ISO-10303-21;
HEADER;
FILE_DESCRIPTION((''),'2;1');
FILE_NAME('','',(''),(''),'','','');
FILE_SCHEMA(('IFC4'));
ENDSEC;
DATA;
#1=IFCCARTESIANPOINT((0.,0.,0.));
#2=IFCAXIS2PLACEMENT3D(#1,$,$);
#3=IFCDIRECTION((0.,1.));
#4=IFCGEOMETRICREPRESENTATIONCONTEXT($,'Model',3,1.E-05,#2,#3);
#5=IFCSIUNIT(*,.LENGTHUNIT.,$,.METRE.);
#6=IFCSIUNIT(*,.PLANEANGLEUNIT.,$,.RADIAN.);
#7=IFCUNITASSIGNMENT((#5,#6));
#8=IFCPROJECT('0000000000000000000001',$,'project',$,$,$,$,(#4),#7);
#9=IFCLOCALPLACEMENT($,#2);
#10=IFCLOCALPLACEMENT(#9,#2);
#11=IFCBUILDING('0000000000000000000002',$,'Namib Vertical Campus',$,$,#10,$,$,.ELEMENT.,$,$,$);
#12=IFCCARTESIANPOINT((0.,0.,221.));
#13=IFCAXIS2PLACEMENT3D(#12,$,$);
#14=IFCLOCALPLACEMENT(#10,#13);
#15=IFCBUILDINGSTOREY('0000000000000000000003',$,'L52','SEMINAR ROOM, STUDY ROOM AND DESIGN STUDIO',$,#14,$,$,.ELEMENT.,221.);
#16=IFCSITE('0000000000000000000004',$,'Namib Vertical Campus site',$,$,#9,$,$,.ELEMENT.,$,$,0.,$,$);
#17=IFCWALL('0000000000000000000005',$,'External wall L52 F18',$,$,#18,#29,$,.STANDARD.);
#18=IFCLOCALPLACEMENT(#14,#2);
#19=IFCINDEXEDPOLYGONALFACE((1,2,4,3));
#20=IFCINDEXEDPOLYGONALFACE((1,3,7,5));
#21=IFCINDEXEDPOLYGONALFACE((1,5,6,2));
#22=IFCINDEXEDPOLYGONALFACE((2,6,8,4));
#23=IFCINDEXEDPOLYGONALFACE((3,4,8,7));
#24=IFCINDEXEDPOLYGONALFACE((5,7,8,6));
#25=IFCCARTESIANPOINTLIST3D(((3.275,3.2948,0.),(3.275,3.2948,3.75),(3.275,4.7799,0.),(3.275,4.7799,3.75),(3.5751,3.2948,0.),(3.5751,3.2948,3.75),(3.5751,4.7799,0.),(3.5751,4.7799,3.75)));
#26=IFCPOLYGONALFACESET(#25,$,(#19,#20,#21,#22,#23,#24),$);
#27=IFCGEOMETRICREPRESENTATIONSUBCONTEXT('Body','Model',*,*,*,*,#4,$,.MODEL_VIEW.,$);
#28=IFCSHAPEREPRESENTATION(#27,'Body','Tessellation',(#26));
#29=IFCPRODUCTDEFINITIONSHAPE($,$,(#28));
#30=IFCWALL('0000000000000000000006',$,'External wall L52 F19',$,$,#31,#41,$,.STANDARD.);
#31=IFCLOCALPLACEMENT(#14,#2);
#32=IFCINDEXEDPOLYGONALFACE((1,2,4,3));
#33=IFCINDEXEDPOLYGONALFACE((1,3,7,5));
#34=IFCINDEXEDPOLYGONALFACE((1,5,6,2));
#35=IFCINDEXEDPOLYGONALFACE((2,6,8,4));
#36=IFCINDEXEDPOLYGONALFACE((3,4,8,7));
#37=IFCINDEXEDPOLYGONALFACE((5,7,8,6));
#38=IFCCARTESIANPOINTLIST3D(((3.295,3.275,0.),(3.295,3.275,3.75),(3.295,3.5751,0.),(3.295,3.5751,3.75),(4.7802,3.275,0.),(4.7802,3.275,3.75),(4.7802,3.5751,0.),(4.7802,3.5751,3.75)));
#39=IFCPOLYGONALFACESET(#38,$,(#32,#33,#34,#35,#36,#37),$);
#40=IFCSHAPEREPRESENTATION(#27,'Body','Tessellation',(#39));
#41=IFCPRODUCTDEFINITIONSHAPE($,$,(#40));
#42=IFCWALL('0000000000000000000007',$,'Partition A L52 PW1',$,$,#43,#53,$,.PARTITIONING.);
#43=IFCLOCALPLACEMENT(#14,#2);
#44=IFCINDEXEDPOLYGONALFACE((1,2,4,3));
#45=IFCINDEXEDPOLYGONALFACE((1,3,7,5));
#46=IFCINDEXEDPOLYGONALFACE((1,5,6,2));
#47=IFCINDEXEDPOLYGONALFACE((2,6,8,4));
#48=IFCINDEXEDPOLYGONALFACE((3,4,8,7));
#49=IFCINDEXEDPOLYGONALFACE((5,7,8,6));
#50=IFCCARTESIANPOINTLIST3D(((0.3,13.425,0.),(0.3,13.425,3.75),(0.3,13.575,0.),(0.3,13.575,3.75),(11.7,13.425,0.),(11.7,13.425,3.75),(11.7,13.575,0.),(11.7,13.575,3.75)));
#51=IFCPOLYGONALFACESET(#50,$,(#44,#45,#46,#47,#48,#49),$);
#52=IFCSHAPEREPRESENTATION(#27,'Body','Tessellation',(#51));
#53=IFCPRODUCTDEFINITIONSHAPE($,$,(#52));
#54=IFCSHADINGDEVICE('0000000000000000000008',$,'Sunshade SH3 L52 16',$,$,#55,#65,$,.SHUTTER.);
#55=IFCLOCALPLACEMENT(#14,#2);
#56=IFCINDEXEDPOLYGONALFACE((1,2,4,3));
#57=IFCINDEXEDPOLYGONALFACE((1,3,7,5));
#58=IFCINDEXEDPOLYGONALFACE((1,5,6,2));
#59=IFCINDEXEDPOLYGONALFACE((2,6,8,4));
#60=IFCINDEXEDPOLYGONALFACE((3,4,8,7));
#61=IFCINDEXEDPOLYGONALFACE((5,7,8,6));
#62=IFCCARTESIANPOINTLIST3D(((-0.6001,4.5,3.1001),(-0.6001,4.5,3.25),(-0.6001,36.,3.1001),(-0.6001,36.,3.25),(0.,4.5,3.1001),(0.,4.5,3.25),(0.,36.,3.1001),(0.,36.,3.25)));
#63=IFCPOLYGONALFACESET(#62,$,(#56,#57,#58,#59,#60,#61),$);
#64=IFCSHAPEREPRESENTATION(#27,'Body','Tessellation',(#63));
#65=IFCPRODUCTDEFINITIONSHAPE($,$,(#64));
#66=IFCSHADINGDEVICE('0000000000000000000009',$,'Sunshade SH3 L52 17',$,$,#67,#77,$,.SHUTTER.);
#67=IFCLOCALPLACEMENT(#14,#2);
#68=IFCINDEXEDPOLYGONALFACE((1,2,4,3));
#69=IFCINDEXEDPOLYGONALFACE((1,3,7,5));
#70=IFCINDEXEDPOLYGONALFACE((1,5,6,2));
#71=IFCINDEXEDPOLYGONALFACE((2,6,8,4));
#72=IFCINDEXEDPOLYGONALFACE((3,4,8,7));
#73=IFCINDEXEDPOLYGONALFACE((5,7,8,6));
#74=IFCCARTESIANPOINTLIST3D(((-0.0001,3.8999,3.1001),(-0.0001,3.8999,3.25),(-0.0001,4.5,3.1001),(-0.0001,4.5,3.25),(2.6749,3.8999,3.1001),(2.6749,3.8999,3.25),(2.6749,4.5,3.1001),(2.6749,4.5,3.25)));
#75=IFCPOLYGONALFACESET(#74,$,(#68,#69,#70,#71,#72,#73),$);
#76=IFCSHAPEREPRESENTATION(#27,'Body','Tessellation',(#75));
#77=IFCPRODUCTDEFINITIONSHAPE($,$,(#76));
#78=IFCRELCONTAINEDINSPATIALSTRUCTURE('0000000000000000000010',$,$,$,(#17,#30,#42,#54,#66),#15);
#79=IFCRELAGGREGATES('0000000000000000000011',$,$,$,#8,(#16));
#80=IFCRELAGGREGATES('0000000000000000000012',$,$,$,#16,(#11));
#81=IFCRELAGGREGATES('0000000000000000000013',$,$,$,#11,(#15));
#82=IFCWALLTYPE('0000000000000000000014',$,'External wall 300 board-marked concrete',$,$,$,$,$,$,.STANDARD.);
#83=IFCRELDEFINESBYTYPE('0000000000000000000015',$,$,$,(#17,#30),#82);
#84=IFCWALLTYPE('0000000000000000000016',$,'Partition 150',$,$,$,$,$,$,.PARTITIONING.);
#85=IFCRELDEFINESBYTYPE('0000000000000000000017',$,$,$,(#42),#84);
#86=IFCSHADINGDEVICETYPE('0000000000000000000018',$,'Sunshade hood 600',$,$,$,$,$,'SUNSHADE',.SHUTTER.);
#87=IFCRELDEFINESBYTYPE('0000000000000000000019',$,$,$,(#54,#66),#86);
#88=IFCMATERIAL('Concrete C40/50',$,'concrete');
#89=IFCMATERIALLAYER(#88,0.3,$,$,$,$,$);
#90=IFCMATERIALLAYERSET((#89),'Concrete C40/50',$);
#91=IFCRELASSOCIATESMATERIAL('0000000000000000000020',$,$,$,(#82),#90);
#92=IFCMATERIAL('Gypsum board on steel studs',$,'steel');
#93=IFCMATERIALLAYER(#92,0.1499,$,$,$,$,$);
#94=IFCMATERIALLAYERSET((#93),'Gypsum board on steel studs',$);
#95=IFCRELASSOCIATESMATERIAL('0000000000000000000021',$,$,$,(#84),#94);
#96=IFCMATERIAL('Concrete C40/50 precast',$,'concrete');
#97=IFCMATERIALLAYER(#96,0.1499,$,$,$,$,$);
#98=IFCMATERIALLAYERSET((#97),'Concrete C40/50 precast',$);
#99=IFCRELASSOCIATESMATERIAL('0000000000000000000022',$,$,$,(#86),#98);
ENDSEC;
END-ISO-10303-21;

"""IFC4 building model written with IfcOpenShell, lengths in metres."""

from ifc_helpers import new_model, si_unit, direction, frame, frame_2d, origin, origin_2d, place, context, subcontext, project, spatial, rectangle, extrude, material, layer, layer_set, type_object, element, save


model = new_model("IFC4")

# Units and contexts
model_context = context("Model", 3, precision=1e-05, world=origin(), true_north=direction((0.0, 1.0)))
body_context = subcontext(model_context, "Body", "Model", "MODEL_VIEW")
ifc_project = project(units=[si_unit("LENGTHUNIT", "METRE"), si_unit("PLANEANGLEUNIT", "RADIAN")], contexts=[model_context])

# Site, building, storey
site_placement = place(None, origin())
site = spatial("IfcSite", under=ifc_project, at=site_placement, Name="Namib Vertical Campus site", CompositionType="ELEMENT", RefElevation=0.0)
building_placement = place(site_placement, origin())
building = spatial("IfcBuilding", under=site, at=building_placement, Name="Namib Vertical Campus", CompositionType="ELEMENT")
storey_placement = place(building_placement, frame((0.0, 0.0, 221.0)))
storey = spatial("IfcBuildingStorey", under=building, at=storey_placement, Name="L52", Description="SEMINAR ROOM, STUDY ROOM AND DESIGN STUDIO", CompositionType="ELEMENT", Elevation=221.0)

# Walls
ifc_material_1 = material(Name="Concrete C40/50", Category="concrete")
ifc_layer_1 = layer(ifc_material_1, 0.3)
ifc_layer_set_1 = layer_set([ifc_layer_1], Name="Concrete C40/50")
wall_type_1 = type_object("IfcWallType", Name="External wall 300 board-marked concrete", PredefinedType="STANDARD", material=ifc_layer_set_1)
for number, where, z_axis, x_axis, name in (
    (1, (3.425, 4.78, 0.0), (0.0, 0.0, 1.0), (0.0, -1.0, 0.0), "External wall L52 F18"),
    (2, (3.2949, 3.425, 0.0), (0.0, 0.0, 1.0), (1.0, 0.0, 0.0), "External wall L52 F19"),
):
    element("IfcWall", number, at=place(storey_placement, frame(where, z_axis=z_axis, x_axis=x_axis)), inside=storey, type_object=wall_type_1, Name=name, PredefinedType="STANDARD", context=body_context, shape_type="SweptSolid", body=[
        extrude(rectangle(XDim=1.4851, YDim=0.3, at=frame_2d((0.7427, 0.0))), origin(), (0.0, 0.0, 1.0), 3.75),
    ])
ifc_material_2 = material(Name="Gypsum board on steel studs", Category="steel")
ifc_layer_2 = layer(ifc_material_2, 0.1499)
ifc_layer_set_2 = layer_set([ifc_layer_2], Name="Gypsum board on steel studs")
wall_type_2 = type_object("IfcWallType", Name="Partition 150", PredefinedType="PARTITIONING", material=ifc_layer_set_2)
wall_1_placement = place(storey_placement, frame((0.3, 13.5, 0.0), z_axis=(0.0, 0.0, 1.0), x_axis=(1.0, 0.0, 0.0)))
element("IfcWall", 3, at=wall_1_placement, inside=storey, type_object=wall_type_2, Name="Partition A L52 PW1", PredefinedType="PARTITIONING", context=body_context, shape_type="SweptSolid", body=[
    extrude(rectangle(XDim=11.3999, YDim=0.1499, at=frame_2d((5.7, 0.0))), origin(), (0.0, 0.0, 1.0), 3.75),
])

# Shading devices
ifc_material_3 = material(Name="Concrete C40/50 precast", Category="concrete")
ifc_layer_3 = layer(ifc_material_3, 0.1499)
ifc_layer_set_3 = layer_set([ifc_layer_3], Name="Concrete C40/50 precast")
shading_device_type = type_object("IfcShadingDeviceType", Name="Sunshade hood 600", ElementType="SUNSHADE", PredefinedType="SHUTTER", material=ifc_layer_set_3)
shading_device_1_placement = place(storey_placement, frame((-0.3, 20.25, 3.1001), z_axis=(0.0, 0.0, 1.0), x_axis=(0.0, -1.0, 0.0)))
element("IfcShadingDevice", 4, at=shading_device_1_placement, inside=storey, type_object=shading_device_type, Name="Sunshade SH3 L52 16", PredefinedType="SHUTTER", context=body_context, shape_type="SweptSolid", body=[
    extrude(rectangle(XDim=31.5, YDim=0.6001, at=origin_2d()), origin(), (0.0, 0.0, 1.0), 0.1499),
])
shading_device_2_placement = place(storey_placement, frame((1.3374, 4.2, 3.1001), z_axis=(0.0, 0.0, 1.0), x_axis=(1.0, 0.0, 0.0)))
element("IfcShadingDevice", 5, at=shading_device_2_placement, inside=storey, type_object=shading_device_type, Name="Sunshade SH3 L52 17", PredefinedType="SHUTTER", context=body_context, shape_type="SweptSolid", body=[
    extrude(rectangle(XDim=2.675, YDim=0.6001, at=origin_2d()), origin(), (0.0, 0.0, 1.0), 0.1499),
])

save(model, "model.ifc")
